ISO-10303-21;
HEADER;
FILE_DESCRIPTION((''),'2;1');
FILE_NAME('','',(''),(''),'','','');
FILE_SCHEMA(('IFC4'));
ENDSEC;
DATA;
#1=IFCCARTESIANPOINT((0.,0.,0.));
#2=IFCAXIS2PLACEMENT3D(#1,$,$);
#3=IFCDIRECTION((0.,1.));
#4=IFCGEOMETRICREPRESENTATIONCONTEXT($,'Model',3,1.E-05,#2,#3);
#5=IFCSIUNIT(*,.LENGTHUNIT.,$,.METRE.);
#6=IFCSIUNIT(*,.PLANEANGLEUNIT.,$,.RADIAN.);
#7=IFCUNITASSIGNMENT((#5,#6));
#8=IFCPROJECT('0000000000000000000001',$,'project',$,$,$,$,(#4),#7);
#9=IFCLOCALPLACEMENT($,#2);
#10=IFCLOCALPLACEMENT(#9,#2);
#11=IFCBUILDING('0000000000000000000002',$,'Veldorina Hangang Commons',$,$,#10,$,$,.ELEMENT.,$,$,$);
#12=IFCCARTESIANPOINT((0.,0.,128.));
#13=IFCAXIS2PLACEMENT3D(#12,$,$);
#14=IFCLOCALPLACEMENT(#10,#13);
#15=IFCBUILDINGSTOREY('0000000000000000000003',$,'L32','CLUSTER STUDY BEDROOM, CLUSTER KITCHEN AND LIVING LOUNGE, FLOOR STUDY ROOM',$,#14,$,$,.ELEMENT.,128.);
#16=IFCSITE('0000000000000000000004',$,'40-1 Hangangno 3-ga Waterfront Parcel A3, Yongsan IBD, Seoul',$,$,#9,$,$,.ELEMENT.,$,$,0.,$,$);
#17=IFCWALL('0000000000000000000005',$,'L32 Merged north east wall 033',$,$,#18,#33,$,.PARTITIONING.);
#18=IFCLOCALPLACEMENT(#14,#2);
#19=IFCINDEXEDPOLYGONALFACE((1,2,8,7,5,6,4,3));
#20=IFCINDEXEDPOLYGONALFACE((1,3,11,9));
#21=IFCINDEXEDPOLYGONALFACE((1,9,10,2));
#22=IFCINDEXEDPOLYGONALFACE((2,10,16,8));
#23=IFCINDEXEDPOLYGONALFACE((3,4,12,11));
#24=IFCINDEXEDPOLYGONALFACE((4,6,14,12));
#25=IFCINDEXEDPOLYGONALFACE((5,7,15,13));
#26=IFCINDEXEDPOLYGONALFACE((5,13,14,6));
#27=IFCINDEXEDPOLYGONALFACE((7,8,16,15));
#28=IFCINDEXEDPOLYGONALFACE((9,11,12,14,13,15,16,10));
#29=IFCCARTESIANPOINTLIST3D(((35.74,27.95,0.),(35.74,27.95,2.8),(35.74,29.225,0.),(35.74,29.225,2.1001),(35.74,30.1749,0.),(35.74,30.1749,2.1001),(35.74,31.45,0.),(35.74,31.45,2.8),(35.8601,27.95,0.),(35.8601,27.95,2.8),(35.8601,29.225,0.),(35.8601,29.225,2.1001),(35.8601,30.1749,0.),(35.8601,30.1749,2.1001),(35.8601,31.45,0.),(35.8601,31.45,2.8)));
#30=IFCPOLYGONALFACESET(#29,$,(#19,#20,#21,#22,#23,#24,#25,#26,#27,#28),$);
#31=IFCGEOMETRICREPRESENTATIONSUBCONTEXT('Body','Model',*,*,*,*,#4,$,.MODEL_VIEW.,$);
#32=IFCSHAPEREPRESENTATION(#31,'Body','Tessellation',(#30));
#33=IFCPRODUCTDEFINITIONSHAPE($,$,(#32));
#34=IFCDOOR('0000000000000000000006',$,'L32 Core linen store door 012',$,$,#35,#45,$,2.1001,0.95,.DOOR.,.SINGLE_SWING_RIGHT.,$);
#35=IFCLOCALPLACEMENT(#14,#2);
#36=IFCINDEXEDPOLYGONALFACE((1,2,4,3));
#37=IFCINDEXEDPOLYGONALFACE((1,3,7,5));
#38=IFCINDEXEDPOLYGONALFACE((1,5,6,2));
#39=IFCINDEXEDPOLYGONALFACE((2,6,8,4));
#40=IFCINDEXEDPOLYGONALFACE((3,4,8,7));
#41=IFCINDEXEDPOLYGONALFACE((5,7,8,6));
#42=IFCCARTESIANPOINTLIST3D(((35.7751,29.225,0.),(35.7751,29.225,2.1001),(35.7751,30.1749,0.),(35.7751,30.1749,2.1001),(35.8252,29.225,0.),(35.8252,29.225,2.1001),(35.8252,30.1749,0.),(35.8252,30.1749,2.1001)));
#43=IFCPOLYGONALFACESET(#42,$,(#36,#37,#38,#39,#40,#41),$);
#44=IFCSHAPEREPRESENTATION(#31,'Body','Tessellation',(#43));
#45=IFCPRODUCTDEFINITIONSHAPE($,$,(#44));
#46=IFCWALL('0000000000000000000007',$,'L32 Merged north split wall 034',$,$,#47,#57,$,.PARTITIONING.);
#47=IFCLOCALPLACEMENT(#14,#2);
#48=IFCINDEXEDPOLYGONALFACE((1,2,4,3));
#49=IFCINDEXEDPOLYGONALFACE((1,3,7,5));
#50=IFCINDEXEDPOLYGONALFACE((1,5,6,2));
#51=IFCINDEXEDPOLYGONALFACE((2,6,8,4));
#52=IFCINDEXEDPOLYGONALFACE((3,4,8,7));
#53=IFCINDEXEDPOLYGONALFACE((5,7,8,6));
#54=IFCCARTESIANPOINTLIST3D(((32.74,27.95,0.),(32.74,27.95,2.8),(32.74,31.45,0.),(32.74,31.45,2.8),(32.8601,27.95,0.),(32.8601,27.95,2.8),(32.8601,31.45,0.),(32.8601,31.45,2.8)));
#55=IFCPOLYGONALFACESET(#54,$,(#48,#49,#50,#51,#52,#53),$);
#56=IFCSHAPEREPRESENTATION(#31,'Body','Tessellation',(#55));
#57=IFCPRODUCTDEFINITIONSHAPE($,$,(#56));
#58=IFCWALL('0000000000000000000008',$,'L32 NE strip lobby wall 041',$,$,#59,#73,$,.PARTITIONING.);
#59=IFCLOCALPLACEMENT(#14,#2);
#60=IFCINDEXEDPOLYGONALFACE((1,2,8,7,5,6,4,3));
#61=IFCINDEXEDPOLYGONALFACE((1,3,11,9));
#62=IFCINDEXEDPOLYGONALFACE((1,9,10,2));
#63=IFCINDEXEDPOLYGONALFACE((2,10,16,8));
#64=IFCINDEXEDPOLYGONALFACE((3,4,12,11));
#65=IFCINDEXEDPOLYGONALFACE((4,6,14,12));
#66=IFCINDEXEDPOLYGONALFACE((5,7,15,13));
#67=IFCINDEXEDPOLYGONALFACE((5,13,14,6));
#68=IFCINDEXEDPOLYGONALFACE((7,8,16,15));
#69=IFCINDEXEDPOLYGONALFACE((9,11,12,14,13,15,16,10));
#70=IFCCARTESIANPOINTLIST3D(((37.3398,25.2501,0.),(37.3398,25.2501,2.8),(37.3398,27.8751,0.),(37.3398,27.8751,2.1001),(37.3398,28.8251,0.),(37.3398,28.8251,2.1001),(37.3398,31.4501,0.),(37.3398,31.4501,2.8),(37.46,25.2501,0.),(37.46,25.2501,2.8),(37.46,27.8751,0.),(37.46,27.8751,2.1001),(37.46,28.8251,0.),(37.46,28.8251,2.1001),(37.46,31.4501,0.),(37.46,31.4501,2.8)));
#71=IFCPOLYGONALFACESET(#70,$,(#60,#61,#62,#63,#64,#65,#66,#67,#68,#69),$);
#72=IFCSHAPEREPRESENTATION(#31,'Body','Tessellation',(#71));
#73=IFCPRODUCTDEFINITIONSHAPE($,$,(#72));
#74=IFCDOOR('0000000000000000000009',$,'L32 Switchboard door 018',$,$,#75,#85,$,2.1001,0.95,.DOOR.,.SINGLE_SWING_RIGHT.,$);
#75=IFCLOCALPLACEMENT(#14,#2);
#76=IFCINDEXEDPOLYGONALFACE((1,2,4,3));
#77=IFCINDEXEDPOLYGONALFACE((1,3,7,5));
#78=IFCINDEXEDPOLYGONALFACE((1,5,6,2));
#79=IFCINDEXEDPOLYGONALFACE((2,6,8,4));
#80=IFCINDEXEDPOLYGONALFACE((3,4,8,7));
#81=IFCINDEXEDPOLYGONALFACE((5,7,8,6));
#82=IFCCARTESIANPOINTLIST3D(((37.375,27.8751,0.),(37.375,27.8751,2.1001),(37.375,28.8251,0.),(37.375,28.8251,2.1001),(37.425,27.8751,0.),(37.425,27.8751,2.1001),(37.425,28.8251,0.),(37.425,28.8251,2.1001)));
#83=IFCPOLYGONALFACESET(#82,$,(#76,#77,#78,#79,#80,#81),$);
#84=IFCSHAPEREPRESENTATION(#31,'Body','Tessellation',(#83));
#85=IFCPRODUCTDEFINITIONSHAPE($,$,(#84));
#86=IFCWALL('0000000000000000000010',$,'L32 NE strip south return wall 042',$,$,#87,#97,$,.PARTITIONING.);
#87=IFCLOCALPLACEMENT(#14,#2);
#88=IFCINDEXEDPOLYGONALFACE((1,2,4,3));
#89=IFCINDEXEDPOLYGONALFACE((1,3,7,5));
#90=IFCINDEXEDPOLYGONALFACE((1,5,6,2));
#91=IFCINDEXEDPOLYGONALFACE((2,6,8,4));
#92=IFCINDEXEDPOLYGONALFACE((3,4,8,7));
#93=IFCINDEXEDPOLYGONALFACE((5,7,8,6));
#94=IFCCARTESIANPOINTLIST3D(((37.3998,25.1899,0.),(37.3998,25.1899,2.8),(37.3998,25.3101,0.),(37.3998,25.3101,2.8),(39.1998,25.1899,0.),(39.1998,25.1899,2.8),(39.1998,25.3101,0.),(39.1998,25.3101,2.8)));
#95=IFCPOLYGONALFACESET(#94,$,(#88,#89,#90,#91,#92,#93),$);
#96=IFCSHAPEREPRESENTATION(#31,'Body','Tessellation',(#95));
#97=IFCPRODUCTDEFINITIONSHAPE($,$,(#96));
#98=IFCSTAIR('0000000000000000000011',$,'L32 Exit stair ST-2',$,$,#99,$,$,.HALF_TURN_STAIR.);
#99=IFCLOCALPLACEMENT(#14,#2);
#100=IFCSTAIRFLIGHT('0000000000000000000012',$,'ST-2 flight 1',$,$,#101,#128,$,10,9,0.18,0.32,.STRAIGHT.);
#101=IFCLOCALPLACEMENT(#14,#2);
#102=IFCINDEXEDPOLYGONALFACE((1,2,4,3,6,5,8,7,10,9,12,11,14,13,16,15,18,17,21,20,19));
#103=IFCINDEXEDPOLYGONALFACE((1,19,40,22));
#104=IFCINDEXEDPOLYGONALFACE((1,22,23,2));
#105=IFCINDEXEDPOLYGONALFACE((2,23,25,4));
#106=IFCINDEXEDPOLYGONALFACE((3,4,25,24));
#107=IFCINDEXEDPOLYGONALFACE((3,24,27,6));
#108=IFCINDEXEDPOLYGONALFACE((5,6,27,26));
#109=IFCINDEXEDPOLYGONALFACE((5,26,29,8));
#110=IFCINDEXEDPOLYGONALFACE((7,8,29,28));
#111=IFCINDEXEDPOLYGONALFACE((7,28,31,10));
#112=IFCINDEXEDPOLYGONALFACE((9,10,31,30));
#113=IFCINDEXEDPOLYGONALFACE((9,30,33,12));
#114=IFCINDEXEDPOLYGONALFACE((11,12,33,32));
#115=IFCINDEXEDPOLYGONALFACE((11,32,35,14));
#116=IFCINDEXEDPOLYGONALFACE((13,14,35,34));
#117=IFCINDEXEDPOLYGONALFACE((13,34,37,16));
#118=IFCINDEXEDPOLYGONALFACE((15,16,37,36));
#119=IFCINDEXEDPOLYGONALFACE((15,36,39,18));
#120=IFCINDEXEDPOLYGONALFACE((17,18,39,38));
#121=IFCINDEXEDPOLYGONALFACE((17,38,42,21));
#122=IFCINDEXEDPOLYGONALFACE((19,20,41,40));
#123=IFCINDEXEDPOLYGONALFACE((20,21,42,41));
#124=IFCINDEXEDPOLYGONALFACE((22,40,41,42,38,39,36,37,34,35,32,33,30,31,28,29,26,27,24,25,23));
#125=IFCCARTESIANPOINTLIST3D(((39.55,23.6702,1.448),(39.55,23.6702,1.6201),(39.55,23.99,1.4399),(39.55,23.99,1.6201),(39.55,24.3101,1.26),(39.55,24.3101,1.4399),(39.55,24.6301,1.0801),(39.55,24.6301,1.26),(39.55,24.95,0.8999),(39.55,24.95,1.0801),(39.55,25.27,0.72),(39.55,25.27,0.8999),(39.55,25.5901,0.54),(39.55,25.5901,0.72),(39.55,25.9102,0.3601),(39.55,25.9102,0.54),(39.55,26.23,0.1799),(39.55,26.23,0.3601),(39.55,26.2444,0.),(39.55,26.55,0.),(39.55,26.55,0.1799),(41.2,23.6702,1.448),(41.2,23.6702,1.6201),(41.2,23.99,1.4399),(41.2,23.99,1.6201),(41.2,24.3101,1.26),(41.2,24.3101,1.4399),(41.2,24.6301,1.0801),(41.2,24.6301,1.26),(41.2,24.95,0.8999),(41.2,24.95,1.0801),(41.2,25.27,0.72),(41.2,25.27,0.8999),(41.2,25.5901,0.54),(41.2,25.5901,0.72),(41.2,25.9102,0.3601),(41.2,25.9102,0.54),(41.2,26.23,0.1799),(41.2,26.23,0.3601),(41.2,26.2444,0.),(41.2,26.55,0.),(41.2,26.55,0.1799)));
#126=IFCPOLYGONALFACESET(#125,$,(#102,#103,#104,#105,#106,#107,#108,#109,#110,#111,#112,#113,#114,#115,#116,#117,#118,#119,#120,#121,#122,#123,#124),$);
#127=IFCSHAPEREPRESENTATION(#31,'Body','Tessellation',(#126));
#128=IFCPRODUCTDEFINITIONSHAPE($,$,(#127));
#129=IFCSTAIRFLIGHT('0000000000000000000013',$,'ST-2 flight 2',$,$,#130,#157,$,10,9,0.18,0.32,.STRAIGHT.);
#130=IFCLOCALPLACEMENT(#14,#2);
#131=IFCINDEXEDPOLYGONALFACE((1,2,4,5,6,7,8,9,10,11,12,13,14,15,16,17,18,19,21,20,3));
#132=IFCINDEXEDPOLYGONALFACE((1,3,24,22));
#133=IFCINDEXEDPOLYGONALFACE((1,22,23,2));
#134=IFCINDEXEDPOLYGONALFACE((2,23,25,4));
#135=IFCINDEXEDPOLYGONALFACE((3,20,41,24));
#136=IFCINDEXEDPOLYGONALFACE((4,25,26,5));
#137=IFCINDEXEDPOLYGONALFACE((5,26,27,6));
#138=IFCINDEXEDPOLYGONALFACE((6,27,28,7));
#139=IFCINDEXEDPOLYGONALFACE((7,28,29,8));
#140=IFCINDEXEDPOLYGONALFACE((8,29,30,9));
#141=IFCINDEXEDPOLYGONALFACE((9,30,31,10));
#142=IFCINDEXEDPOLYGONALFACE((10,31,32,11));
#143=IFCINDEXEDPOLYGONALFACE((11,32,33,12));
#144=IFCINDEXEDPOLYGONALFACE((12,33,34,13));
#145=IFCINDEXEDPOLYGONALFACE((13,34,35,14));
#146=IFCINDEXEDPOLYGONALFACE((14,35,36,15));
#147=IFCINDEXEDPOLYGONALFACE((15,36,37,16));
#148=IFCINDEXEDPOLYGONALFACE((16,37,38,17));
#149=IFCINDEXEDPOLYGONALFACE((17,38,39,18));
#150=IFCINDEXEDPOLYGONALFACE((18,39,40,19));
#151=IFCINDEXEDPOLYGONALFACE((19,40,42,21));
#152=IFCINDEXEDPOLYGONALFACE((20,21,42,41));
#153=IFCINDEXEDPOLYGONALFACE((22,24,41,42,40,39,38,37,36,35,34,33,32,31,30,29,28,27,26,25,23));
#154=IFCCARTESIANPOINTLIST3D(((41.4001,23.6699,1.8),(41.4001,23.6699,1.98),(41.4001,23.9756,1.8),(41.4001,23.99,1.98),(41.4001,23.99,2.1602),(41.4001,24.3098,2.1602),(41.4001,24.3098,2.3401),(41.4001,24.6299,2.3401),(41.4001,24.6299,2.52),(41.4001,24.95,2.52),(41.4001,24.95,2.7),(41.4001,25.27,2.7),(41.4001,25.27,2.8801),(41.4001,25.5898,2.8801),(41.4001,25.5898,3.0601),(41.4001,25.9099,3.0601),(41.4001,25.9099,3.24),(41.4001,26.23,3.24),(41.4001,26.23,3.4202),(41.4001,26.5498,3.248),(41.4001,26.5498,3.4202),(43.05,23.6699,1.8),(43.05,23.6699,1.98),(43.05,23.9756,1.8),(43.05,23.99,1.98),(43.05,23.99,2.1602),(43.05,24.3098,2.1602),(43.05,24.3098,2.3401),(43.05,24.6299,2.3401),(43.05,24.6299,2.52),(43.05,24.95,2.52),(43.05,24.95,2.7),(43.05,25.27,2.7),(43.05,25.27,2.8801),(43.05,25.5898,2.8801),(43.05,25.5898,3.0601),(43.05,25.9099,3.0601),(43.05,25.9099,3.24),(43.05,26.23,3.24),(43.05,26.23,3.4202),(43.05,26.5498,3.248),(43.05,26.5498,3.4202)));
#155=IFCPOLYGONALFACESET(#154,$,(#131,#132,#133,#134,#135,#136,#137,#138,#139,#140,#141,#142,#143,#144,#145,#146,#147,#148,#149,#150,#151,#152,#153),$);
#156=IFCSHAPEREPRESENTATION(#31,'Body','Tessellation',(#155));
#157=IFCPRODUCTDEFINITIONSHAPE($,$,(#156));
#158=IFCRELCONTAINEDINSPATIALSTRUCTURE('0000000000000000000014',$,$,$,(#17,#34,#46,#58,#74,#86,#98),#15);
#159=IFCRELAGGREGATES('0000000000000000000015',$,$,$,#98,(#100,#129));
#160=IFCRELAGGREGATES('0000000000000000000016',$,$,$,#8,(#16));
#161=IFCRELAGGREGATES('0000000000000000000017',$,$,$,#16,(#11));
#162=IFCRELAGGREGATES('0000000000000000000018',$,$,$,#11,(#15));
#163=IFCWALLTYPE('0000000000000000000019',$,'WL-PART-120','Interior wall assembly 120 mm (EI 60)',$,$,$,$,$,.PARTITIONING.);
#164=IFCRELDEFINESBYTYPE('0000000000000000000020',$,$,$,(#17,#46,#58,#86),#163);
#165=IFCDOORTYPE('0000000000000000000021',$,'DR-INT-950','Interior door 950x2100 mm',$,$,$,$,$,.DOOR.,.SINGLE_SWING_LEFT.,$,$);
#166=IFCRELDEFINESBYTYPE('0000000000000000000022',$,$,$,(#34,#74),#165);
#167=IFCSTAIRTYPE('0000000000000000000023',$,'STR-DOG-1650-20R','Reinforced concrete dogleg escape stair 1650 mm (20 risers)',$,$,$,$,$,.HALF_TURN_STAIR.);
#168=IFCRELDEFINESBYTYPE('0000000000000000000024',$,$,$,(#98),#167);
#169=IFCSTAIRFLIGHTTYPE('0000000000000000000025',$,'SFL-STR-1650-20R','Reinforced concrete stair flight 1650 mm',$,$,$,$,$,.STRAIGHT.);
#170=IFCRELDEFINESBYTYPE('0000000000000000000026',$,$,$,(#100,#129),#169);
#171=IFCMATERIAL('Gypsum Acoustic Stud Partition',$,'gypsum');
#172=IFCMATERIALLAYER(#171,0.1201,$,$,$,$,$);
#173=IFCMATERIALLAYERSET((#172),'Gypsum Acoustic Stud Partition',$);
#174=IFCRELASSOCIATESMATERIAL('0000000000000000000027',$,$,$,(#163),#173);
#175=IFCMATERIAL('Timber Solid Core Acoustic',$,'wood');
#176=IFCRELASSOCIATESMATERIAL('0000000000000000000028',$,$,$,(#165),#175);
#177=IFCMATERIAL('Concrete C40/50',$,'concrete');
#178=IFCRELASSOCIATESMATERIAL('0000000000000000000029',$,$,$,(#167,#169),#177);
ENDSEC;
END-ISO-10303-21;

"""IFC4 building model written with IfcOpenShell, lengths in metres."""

from ifc_helpers import new_model, si_unit, direction, frame, frame_2d, origin, place, context, subcontext, project, spatial, polyline, rectangle, outline, extrude, material, layer, layer_set, type_object, element, fill, aggregate, save


model = new_model("IFC4")

# Units and contexts
model_context = context("Model", 3, precision=1e-05, world=origin(), true_north=direction((0.0, 1.0)))
body_context = subcontext(model_context, "Body", "Model", "MODEL_VIEW")
ifc_project = project(units=[si_unit("LENGTHUNIT", "METRE"), si_unit("PLANEANGLEUNIT", "RADIAN")], contexts=[model_context])

# Site, building, storey
site_placement = place(None, origin())
site = spatial("IfcSite", under=ifc_project, at=site_placement, Name="40-1 Hangangno 3-ga Waterfront Parcel A3, Yongsan IBD, Seoul", CompositionType="ELEMENT", RefElevation=0.0)
building_placement = place(site_placement, origin())
building = spatial("IfcBuilding", under=site, at=building_placement, Name="Veldorina Hangang Commons", CompositionType="ELEMENT")
storey_placement = place(building_placement, frame((0.0, 0.0, 128.0)))
storey = spatial("IfcBuildingStorey", under=building, at=storey_placement, Name="L32", Description="CLUSTER STUDY BEDROOM, CLUSTER KITCHEN AND LIVING LOUNGE, FLOOR STUDY ROOM", CompositionType="ELEMENT", Elevation=128.0)

# Wall, opening, door
ifc_material_1 = material(Name="Gypsum Acoustic Stud Partition", Category="gypsum")
ifc_layer_1 = layer(ifc_material_1, 0.1201)
ifc_layer_set_1 = layer_set([ifc_layer_1], Name="Gypsum Acoustic Stud Partition")
wall_type_1 = type_object("IfcWallType", Name="WL-PART-120", Description="Interior wall assembly 120 mm (EI 60)", PredefinedType="PARTITIONING", material=ifc_layer_set_1)
wall_1_placement = place(storey_placement, frame((35.8, 27.95, 0.0), z_axis=(0.0, 0.0, 1.0), x_axis=(0.0, 1.0, 0.0)))
wall_1 = element("IfcWall", 1, at=wall_1_placement, inside=storey, type_object=wall_type_1, Name="L32 Merged north east wall 033", PredefinedType="PARTITIONING", context=body_context, shape_type="SweptSolid", body=[
    extrude(rectangle(XDim=3.5, YDim=0.1201, at=frame_2d((1.75, 0.0))), origin(), (0.0, 0.0, 1.0), 2.8),
])
opening_1_placement = place(wall_1_placement, frame((1.2749, 0.0, 0.0)))
opening_1 = element("IfcOpeningElement", 2, at=opening_1_placement, cuts=wall_1, PredefinedType="OPENING", context=body_context, shape_type="SweptSolid", body=[
    extrude(rectangle(XDim=0.95, YDim=2.1001, at=frame_2d((0.4751, 1.05))), frame((0.0, 0.0701, 0.0), z_axis=(0.0, -1.0, 0.0), x_axis=(1.0, 0.0, 0.0)), (0.0, 0.0, 1.0), 0.1401),
])
ifc_material_2 = material(Name="Timber Solid Core Acoustic", Category="wood")
door_type_1 = type_object("IfcDoorType", Name="DR-INT-950", Description="Interior door 950x2100 mm", OperationType="SINGLE_SWING_LEFT", PredefinedType="DOOR", material=ifc_material_2)
door_1_placement = place(opening_1_placement, origin())
door_1 = element("IfcDoor", 3, at=door_1_placement, inside=storey, type_object=door_type_1, Name="L32 Core linen store door 012", OperationType="SINGLE_SWING_RIGHT", OverallHeight=2.1001, OverallWidth=0.95, PredefinedType="DOOR", context=body_context, shape_type="SweptSolid", body=[
    extrude(rectangle(XDim=0.95, YDim=2.1001, at=frame_2d((0.4751, 1.05))), frame((0.0, 0.0249, 0.0), z_axis=(0.0, -1.0, 0.0), x_axis=(1.0, 0.0, 0.0)), (0.0, 0.0, 1.0), 0.05),
])
fill(opening_1, door_1)

# Wall
wall_2_placement = place(storey_placement, frame((32.8, 27.95, 0.0), z_axis=(0.0, 0.0, 1.0), x_axis=(0.0, 1.0, 0.0)))
element("IfcWall", 4, at=wall_2_placement, inside=storey, type_object=wall_type_1, Name="L32 Merged north split wall 034", PredefinedType="PARTITIONING", context=body_context, shape_type="SweptSolid", body=[
    extrude(rectangle(XDim=3.5, YDim=0.1201, at=frame_2d((1.75, 0.0))), origin(), (0.0, 0.0, 1.0), 2.8),
])

# Wall, opening, door
wall_3_placement = place(storey_placement, frame((37.3999, 25.25, 0.0), z_axis=(0.0, 0.0, 1.0), x_axis=(0.0, 1.0, 0.0)))
wall_3 = element("IfcWall", 5, at=wall_3_placement, inside=storey, type_object=wall_type_1, Name="L32 NE strip lobby wall 041", PredefinedType="PARTITIONING", context=body_context, shape_type="SweptSolid", body=[
    extrude(rectangle(XDim=6.2, YDim=0.1201, at=frame_2d((3.1001, 0.0))), origin(), (0.0, 0.0, 1.0), 2.8),
])
opening_2_placement = place(wall_3_placement, frame((2.625, 0.0, 0.0)))
opening_2 = element("IfcOpeningElement", 6, at=opening_2_placement, cuts=wall_3, PredefinedType="OPENING", context=body_context, shape_type="SweptSolid", body=[
    extrude(rectangle(XDim=0.95, YDim=2.1001, at=frame_2d((0.4751, 1.05))), frame((0.0, 0.0701, 0.0), z_axis=(0.0, -1.0, 0.0), x_axis=(1.0, 0.0, 0.0)), (0.0, 0.0, 1.0), 0.1401),
])
door_2_placement = place(opening_2_placement, origin())
door_2 = element("IfcDoor", 7, at=door_2_placement, inside=storey, type_object=door_type_1, Name="L32 Switchboard door 018", OperationType="SINGLE_SWING_RIGHT", OverallHeight=2.1001, OverallWidth=0.95, PredefinedType="DOOR", context=body_context, shape_type="SweptSolid", body=[
    extrude(rectangle(XDim=0.95, YDim=2.1001, at=frame_2d((0.4751, 1.05))), frame((0.0, 0.0249, 0.0), z_axis=(0.0, -1.0, 0.0), x_axis=(1.0, 0.0, 0.0)), (0.0, 0.0, 1.0), 0.05),
])
fill(opening_2, door_2)

# Wall
wall_4_placement = place(storey_placement, frame((37.3999, 25.25, 0.0), z_axis=(0.0, 0.0, 1.0), x_axis=(1.0, 0.0, 0.0)))
element("IfcWall", 8, at=wall_4_placement, inside=storey, type_object=wall_type_1, Name="L32 NE strip south return wall 042", PredefinedType="PARTITIONING", context=body_context, shape_type="SweptSolid", body=[
    extrude(rectangle(XDim=1.8, YDim=0.1201, at=frame_2d((0.8999, 0.0))), origin(), (0.0, 0.0, 1.0), 2.8),
])

# Stair, stair flights
ifc_material_3 = material(Name="Concrete C40/50", Category="concrete")
stair_type = type_object("IfcStairType", Name="STR-DOG-1650-20R", Description="Reinforced concrete dogleg escape stair 1650 mm (20 risers)", PredefinedType="HALF_TURN_STAIR", material=ifc_material_3)
stair_placement = place(storey_placement, origin())
stair = element("IfcStair", 9, at=stair_placement, inside=storey, type_object=stair_type, Name="L32 Exit stair ST-2", PredefinedType="HALF_TURN_STAIR")
stair_flight_type = type_object("IfcStairFlightType", Name="SFL-STR-1650-20R", Description="Reinforced concrete stair flight 1650 mm", PredefinedType="STRAIGHT", material=ifc_material_3)
stair_flight_1_placement = place(storey_placement, frame((40.375, 26.55, 0.0), z_axis=(0.0, 0.0, 1.0), x_axis=(0.0, -1.0, 0.0)))
stair_flight_1 = element("IfcStairFlight", 10, at=stair_flight_1_placement, type_object=stair_flight_type, Name="ST-2 flight 1", NumberOfRisers=10, NumberOfTreads=9, PredefinedType="STRAIGHT", RiserHeight=0.18, TreadLength=0.32, context=body_context, shape_type="SweptSolid", body=[
    extrude(outline(polyline([(0.0, 0.0), (0.0, 0.1799), (0.3201, 0.1799), (0.3201, 0.3601), (0.6399, 0.3601), (0.6399, 0.54), (0.96, 0.54), (0.96, 0.72), (1.28, 0.72), (1.28, 0.8999), (1.6001, 0.8999), (1.6001, 1.0801), (1.9199, 1.0801), (1.9199, 1.26), (2.24, 1.26), (2.24, 1.4399), (2.5601, 1.4399), (2.5601, 1.6201), (2.8799, 1.6201), (2.8799, 1.8), (2.8799, 1.448), (0.3057, 0.0), (0.0, 0.0)])), frame((0.0, 0.825, 0.0), z_axis=(0.0, -1.0, 0.0), x_axis=(1.0, 0.0, 0.0)), (0.0, 0.0, 1.0), 1.6499),
])
stair_flight_2_placement = place(storey_placement, frame((42.2251, 23.6699, 1.8), z_axis=(0.0, 0.0, 1.0), x_axis=(0.0, 1.0, 0.0)))
stair_flight_2 = element("IfcStairFlight", 11, at=stair_flight_2_placement, type_object=stair_flight_type, Name="ST-2 flight 2", NumberOfRisers=10, NumberOfTreads=9, PredefinedType="STRAIGHT", RiserHeight=0.18, TreadLength=0.32, context=body_context, shape_type="SweptSolid", body=[
    extrude(outline(polyline([(0.0, 0.0), (0.0, 0.1799), (0.3201, 0.1799), (0.3201, 0.3601), (0.6399, 0.3601), (0.6399, 0.54), (0.96, 0.54), (0.96, 0.72), (1.28, 0.72), (1.28, 0.8999), (1.6001, 0.8999), (1.6001, 1.0801), (1.9199, 1.0801), (1.9199, 1.26), (2.24, 1.26), (2.24, 1.4399), (2.5601, 1.4399), (2.5601, 1.6201), (2.8799, 1.6201), (2.8799, 1.8), (2.8799, 1.448), (0.3057, 0.0), (0.0, 0.0)])), frame((0.0, 0.825, 0.0), z_axis=(0.0, -1.0, 0.0), x_axis=(1.0, 0.0, 0.0)), (0.0, 0.0, 1.0), 1.6499),
])
aggregate(stair, [stair_flight_1, stair_flight_2])

save(model, "model.ifc")
